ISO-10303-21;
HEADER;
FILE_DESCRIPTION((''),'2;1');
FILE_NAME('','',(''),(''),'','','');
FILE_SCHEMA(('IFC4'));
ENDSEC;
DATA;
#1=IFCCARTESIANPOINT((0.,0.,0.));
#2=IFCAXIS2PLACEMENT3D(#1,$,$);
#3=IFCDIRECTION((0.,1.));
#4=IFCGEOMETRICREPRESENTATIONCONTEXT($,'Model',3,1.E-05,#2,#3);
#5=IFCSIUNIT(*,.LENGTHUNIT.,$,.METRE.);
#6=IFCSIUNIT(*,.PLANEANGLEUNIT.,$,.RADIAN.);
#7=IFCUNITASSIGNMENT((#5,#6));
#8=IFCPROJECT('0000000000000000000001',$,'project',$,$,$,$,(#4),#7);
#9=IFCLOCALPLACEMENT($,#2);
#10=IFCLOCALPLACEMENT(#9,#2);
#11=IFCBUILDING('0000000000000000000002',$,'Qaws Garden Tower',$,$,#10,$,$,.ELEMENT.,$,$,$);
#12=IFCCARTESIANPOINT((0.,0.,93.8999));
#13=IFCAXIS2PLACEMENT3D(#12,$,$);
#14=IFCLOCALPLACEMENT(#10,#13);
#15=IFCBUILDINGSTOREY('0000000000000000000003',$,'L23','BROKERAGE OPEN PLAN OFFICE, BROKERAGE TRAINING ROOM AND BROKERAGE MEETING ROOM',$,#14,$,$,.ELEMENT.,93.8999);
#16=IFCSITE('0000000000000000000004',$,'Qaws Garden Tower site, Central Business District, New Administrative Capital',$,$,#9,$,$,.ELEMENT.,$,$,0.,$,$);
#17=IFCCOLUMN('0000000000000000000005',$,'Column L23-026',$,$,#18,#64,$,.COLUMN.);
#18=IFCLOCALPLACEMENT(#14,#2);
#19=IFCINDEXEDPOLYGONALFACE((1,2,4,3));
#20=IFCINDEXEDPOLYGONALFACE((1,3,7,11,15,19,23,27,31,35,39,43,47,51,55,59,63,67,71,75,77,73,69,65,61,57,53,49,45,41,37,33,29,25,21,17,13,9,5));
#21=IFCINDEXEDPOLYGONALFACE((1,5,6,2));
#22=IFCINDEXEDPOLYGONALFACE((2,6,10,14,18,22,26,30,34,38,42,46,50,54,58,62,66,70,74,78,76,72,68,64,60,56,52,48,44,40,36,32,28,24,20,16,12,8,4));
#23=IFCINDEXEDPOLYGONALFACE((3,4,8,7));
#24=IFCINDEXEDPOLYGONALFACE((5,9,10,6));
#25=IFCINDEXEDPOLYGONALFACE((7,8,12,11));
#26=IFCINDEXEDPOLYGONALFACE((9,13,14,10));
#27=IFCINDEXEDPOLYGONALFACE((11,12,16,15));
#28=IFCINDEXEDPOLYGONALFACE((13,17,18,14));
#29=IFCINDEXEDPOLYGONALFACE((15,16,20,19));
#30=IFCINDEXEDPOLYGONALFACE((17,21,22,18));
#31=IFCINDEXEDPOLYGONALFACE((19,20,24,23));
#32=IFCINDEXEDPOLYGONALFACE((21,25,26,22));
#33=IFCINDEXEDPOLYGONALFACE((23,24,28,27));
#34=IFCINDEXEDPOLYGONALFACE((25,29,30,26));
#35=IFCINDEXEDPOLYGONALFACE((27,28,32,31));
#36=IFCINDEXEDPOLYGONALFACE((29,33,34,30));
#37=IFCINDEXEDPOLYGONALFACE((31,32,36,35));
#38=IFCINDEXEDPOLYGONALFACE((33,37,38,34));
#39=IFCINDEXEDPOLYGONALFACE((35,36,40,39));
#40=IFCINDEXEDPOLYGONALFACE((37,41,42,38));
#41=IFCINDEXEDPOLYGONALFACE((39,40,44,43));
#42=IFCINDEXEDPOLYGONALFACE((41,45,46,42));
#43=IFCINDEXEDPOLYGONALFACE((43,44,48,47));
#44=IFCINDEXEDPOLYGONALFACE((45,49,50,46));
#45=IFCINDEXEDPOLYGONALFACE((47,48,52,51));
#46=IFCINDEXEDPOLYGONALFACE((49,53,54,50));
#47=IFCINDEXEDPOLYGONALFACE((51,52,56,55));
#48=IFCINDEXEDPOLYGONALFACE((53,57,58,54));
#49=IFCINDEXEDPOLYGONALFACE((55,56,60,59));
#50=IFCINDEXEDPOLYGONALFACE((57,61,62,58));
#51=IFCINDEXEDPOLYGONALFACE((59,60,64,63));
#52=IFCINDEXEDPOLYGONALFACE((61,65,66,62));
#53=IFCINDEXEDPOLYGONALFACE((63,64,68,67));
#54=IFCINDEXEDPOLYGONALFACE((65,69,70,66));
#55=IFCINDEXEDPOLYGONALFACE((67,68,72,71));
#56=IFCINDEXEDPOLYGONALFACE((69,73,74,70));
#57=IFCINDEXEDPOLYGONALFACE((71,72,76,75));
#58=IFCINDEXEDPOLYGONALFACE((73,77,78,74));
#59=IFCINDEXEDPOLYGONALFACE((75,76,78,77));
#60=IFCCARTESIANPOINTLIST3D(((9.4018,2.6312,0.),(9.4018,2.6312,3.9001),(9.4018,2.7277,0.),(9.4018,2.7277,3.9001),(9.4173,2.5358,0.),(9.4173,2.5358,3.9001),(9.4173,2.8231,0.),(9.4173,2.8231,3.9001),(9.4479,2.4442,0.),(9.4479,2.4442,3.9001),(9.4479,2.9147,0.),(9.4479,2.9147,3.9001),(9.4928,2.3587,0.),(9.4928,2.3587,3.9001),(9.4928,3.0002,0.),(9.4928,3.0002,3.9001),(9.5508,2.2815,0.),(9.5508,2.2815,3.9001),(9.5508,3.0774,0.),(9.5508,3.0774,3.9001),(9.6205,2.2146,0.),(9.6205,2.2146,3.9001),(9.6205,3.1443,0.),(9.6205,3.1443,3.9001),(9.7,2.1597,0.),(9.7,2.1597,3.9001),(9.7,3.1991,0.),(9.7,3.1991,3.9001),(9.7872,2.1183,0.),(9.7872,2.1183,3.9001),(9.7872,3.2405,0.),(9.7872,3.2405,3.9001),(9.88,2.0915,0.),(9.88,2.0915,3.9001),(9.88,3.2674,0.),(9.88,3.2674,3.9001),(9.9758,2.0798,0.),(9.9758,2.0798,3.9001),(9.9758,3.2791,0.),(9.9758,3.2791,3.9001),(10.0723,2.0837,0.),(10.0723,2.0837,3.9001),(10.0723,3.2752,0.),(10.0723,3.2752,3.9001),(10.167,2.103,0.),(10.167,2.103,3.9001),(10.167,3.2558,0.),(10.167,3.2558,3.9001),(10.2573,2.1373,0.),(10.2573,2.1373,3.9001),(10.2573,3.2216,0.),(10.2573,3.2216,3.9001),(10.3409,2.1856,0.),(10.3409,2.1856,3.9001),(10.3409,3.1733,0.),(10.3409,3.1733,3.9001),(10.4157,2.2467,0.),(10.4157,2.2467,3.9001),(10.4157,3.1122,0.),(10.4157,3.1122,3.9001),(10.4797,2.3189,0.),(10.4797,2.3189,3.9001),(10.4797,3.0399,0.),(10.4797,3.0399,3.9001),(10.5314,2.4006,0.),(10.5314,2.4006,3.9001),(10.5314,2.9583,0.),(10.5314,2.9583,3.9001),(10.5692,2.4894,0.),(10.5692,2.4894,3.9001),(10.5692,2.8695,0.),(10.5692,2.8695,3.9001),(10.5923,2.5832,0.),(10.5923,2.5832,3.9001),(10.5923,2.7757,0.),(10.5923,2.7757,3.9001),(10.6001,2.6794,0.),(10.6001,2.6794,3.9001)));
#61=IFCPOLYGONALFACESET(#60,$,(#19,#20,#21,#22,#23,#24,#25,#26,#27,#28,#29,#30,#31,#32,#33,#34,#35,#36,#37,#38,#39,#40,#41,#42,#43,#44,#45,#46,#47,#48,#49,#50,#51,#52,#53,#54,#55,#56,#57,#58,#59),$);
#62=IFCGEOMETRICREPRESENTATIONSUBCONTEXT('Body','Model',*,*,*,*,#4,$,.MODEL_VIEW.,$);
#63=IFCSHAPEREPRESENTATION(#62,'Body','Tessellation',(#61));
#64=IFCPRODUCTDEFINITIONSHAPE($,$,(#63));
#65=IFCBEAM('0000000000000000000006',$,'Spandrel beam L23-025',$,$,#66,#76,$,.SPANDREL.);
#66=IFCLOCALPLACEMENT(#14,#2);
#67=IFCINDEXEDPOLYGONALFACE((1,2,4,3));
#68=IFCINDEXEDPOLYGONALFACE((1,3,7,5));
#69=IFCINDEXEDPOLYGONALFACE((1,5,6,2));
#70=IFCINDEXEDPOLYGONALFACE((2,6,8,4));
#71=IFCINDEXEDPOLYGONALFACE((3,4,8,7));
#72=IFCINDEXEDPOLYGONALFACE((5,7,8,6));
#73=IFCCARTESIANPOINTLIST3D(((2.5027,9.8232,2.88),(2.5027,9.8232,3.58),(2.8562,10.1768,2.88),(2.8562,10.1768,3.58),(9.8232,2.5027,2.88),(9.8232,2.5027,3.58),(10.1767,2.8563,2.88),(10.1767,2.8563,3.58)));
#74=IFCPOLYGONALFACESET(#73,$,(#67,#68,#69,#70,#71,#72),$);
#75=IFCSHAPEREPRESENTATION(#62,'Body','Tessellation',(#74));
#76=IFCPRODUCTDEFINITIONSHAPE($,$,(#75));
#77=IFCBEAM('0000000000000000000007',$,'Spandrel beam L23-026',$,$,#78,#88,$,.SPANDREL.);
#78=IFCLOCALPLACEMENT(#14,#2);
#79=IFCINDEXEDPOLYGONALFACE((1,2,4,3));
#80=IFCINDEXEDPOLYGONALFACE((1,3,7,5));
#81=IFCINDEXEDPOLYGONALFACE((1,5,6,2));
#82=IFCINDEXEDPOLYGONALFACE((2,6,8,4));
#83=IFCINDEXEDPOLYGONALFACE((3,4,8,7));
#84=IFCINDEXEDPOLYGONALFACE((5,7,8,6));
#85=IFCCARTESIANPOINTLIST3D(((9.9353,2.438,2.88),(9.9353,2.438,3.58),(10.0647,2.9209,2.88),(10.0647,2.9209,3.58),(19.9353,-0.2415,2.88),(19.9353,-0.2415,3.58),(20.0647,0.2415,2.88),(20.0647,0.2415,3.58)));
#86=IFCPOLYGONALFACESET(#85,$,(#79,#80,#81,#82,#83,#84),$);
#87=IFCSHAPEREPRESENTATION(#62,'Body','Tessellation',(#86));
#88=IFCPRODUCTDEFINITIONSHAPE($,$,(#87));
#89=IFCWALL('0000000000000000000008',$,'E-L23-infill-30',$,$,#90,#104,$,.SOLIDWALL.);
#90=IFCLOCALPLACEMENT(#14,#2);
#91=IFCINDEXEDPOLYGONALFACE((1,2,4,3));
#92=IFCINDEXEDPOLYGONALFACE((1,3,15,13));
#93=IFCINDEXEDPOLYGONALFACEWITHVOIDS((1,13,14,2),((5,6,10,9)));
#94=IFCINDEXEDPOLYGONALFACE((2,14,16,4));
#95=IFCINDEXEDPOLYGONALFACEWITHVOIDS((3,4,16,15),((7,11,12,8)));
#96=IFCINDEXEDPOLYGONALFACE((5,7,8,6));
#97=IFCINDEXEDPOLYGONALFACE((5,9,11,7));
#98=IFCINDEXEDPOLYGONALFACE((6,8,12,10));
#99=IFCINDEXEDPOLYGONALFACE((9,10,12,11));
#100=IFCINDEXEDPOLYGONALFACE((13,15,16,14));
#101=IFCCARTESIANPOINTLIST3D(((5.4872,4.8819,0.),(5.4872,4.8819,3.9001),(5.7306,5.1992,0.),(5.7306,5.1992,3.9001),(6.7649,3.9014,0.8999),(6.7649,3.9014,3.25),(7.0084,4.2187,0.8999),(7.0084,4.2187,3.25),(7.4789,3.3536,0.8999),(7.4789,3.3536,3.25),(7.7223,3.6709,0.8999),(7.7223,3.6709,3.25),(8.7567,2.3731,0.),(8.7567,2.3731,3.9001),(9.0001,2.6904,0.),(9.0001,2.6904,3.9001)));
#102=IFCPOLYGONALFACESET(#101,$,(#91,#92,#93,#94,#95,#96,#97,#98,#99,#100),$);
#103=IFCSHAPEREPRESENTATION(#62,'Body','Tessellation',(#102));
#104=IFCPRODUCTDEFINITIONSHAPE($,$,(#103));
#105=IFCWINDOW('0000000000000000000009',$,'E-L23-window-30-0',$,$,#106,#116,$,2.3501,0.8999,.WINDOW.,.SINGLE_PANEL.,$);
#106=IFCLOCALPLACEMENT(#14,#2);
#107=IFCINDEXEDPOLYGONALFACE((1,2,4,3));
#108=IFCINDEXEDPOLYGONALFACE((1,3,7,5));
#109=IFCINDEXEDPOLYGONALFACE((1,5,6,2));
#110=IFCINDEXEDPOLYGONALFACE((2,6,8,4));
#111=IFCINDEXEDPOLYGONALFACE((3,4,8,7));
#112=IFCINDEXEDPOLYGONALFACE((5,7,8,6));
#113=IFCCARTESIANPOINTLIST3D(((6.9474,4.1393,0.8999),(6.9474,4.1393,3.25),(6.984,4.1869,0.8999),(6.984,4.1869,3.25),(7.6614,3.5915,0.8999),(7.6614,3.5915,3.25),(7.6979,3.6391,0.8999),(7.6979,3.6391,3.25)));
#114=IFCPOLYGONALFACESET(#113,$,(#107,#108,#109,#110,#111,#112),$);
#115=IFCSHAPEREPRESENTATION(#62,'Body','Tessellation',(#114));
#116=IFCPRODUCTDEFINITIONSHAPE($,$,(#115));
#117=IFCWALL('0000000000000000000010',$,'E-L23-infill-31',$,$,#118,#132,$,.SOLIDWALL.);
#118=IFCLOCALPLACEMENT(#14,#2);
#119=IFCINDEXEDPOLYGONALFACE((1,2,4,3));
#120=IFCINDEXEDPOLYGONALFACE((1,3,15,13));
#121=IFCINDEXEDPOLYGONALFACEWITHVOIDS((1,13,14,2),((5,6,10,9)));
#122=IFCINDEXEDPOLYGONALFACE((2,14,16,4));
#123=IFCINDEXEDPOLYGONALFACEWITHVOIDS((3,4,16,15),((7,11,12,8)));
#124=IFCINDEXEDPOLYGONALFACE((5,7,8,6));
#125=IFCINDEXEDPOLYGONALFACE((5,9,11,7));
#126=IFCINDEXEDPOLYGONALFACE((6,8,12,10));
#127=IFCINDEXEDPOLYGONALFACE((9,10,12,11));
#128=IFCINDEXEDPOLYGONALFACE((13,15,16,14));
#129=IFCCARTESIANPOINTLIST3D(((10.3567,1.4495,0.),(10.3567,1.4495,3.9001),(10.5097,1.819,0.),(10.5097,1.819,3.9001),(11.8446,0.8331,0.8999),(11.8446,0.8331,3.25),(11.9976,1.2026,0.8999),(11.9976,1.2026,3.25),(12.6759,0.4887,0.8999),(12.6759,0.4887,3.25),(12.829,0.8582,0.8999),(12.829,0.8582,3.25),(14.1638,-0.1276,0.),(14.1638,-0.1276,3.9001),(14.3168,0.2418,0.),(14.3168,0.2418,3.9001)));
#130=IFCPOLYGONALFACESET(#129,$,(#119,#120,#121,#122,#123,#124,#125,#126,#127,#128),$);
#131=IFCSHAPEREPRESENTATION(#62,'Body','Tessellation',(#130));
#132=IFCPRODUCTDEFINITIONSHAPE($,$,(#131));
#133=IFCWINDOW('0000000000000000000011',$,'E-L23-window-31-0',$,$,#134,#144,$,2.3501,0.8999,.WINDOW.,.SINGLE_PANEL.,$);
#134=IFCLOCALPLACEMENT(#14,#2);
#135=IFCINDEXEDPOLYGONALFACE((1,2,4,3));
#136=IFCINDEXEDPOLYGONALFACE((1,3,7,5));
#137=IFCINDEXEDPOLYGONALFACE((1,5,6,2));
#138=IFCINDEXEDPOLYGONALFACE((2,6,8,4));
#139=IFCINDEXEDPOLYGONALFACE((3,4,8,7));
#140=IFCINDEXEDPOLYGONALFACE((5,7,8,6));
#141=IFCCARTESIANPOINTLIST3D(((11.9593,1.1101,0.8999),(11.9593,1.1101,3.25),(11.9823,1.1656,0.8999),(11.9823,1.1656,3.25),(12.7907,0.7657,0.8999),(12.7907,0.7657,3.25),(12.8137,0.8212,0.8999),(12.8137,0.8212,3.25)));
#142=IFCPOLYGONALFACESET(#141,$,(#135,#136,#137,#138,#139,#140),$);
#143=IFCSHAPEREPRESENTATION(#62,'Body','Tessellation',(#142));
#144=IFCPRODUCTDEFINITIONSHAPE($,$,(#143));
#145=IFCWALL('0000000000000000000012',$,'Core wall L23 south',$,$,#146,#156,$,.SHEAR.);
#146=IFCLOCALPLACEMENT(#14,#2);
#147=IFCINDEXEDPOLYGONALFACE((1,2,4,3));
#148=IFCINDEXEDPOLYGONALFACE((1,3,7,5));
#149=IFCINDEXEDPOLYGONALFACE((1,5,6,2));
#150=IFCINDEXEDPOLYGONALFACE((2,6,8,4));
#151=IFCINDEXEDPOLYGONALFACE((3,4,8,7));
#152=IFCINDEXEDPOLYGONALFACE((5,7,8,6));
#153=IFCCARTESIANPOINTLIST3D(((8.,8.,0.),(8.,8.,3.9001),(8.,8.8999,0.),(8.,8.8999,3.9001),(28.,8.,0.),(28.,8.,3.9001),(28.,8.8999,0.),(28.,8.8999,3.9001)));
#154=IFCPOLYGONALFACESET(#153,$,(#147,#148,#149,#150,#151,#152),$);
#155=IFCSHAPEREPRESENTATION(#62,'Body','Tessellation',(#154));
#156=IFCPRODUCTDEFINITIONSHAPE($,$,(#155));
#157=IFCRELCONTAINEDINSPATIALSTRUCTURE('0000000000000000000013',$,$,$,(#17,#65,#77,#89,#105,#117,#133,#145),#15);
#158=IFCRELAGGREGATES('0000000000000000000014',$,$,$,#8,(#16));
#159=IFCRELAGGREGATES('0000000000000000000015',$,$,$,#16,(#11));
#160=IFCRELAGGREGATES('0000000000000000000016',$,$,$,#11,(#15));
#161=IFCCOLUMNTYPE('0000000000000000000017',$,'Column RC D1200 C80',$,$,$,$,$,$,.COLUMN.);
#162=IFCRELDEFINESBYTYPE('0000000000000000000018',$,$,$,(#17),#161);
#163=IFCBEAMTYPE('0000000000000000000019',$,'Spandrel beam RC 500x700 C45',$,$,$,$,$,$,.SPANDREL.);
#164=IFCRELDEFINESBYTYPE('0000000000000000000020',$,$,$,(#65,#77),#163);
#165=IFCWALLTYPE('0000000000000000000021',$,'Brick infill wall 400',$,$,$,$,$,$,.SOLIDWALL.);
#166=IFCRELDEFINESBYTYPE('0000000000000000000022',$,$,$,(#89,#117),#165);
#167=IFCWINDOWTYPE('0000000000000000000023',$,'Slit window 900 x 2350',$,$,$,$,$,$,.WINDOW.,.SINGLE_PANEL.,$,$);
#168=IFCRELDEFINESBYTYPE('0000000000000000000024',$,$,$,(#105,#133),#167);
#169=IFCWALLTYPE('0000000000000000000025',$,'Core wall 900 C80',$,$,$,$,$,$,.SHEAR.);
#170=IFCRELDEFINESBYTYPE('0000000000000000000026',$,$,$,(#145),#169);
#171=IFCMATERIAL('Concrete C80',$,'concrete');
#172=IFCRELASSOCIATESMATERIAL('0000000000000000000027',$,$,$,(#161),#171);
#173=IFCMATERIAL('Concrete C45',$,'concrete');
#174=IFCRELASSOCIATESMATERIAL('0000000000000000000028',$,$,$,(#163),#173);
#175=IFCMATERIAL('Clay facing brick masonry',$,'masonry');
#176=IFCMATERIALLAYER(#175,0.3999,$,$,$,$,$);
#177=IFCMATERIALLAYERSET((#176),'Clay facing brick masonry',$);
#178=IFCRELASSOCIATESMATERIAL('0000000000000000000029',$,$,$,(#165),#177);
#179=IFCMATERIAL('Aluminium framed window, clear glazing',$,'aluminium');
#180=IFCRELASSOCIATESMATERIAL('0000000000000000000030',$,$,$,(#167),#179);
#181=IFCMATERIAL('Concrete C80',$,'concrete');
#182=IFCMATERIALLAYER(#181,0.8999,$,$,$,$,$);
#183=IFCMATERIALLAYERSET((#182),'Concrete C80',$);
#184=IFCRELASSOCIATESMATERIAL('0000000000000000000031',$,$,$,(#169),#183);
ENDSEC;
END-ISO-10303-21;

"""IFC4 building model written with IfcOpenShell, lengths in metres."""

from ifc_helpers import new_model, si_unit, direction, frame, frame_2d, origin, origin_2d, place, context, subcontext, project, spatial, rectangle, circle, extrude, material, layer, layer_set, material_profile, profile_set, type_object, element, fill, save


model = new_model("IFC4")

# Units and contexts
model_context = context("Model", 3, precision=1e-05, world=origin(), true_north=direction((0.0, 1.0)))
body_context = subcontext(model_context, "Body", "Model", "MODEL_VIEW")
ifc_project = project(units=[si_unit("LENGTHUNIT", "METRE"), si_unit("PLANEANGLEUNIT", "RADIAN")], contexts=[model_context])

# Site, building, storey
site_placement = place(None, origin())
site = spatial("IfcSite", under=ifc_project, at=site_placement, Name="Qaws Garden Tower site, Central Business District, New Administrative Capital", CompositionType="ELEMENT", RefElevation=0.0)
building_placement = place(site_placement, origin())
building = spatial("IfcBuilding", under=site, at=building_placement, Name="Qaws Garden Tower", CompositionType="ELEMENT")
storey_placement = place(building_placement, frame((0.0, 0.0, 93.8999)))
storey = spatial("IfcBuildingStorey", under=building, at=storey_placement, Name="L23", Description="BROKERAGE OPEN PLAN OFFICE, BROKERAGE TRAINING ROOM AND BROKERAGE MEETING ROOM", CompositionType="ELEMENT", Elevation=93.8999)

# Column
ifc_material_1 = material(Name="Concrete C80", Category="concrete")
ifc_material_profile_1 = material_profile(ifc_material_1, circle(Radius=0.6001, at=origin_2d()), Name="RC D1200")
ifc_profile_set_1 = profile_set([ifc_material_profile_1], Name="Concrete C80")
column_type = type_object("IfcColumnType", Name="Column RC D1200 C80", PredefinedType="COLUMN", material=ifc_profile_set_1)
column_placement = place(storey_placement, frame((10.0, 2.6794, 0.0), z_axis=(0.0, 0.0, 1.0), x_axis=(1.0, 0.0, 0.0)))
element("IfcColumn", 1, at=column_placement, inside=storey, type_object=column_type, Name="Column L23-026", PredefinedType="COLUMN", context=body_context, shape_type="SweptSolid", body=[
    extrude(circle(Radius=0.6001, at=origin_2d()), origin(), (0.0, 0.0, 1.0), 3.9001),
])

# Beams
ifc_material_2 = material(Name="Concrete C45", Category="concrete")
ifc_material_profile_2 = material_profile(ifc_material_2, rectangle(XDim=0.5, YDim=0.7, at=origin_2d()), Name="RC 500x700")
ifc_profile_set_2 = profile_set([ifc_material_profile_2], Name="Concrete C45")
beam_type = type_object("IfcBeamType", Name="Spandrel beam RC 500x700 C45", PredefinedType="SPANDREL", material=ifc_profile_set_2)
for number, where, z_axis, x_axis, name in (
    (2, (2.6794, 10.0, 3.23), (0.707107, -0.707107, 0.0), (0.707107, 0.707107, 0.0), "Spandrel beam L23-025"),
    (3, (10.0, 2.6794, 3.23), (0.965927, -0.258815, 0.0), (0.258815, 0.965927, 0.0), "Spandrel beam L23-026"),
):
    element("IfcBeam", number, at=place(storey_placement, frame(where, z_axis=z_axis, x_axis=x_axis)), inside=storey, type_object=beam_type, Name=name, PredefinedType="SPANDREL", context=body_context, shape_type="SweptSolid", body=[
        extrude(rectangle(XDim=0.5, YDim=0.7, at=origin_2d()), origin(), (0.0, 0.0, 1.0), 10.3528),
    ])

# Walls, openings, windows
ifc_material_3 = material(Name="Clay facing brick masonry", Category="masonry")
ifc_layer_1 = layer(ifc_material_3, 0.3999)
ifc_layer_set_1 = layer_set([ifc_layer_1], Name="Clay facing brick masonry")
wall_type_1 = type_object("IfcWallType", Name="Brick infill wall 400", PredefinedType="SOLIDWALL", material=ifc_layer_set_1)
wall_1_placement = place(storey_placement, frame((5.6089, 5.0405, 0.0), z_axis=(0.0, 0.0, 1.0), x_axis=(0.793355, -0.60876, 0.0)))
wall_1 = element("IfcWall", 4, at=wall_1_placement, inside=storey, type_object=wall_type_1, Name="E-L23-infill-30", PredefinedType="SOLIDWALL", context=body_context, shape_type="SweptSolid", body=[
    extrude(rectangle(XDim=4.1211, YDim=0.3999, at=frame_2d((2.0605, 0.0))), origin(), (0.0, 0.0, 1.0), 3.9001),
])
opening_1_placement = place(wall_1_placement, frame((1.6106, 0.0, 0.8999)))
opening_1 = element("IfcOpeningElement", 5, at=opening_1_placement, cuts=wall_1, PredefinedType="OPENING", context=body_context, shape_type="SweptSolid", body=[
    extrude(rectangle(XDim=0.8999, YDim=2.3501, at=frame_2d((0.45, 1.175))), frame((0.0, 0.21, 0.0), z_axis=(0.0, -1.0, 0.0), x_axis=(1.0, 0.0, 0.0)), (0.0, 0.0, 1.0), 0.4199),
])
ifc_material_4 = material(Name="Aluminium framed window, clear glazing", Category="aluminium")
window_type = type_object("IfcWindowType", Name="Slit window 900 x 2350", PartitioningType="SINGLE_PANEL", PredefinedType="WINDOW", material=ifc_material_4)
window_1_placement = place(opening_1_placement, origin())
window_1 = element("IfcWindow", 6, at=window_1_placement, inside=storey, type_object=window_type, Name="E-L23-window-30-0", OverallHeight=2.3501, OverallWidth=0.8999, PartitioningType="SINGLE_PANEL", PredefinedType="WINDOW", context=body_context, shape_type="SweptSolid", body=[
    extrude(rectangle(XDim=0.8999, YDim=2.3501, at=frame_2d((0.45, 1.175))), frame((0.0, 0.1599, 0.0), z_axis=(0.0, -1.0, 0.0), x_axis=(1.0, 0.0, 0.0)), (0.0, 0.0, 1.0), 0.0601),
])
fill(opening_1, window_1)
wall_2_placement = place(storey_placement, frame((10.4331, 1.6343, 0.0), z_axis=(0.0, 0.0, 1.0), x_axis=(0.923864, -0.382722, 0.0)))
wall_2 = element("IfcWall", 7, at=wall_2_placement, inside=storey, type_object=wall_type_1, Name="E-L23-infill-31", PredefinedType="SOLIDWALL", context=body_context, shape_type="SweptSolid", body=[
    extrude(rectangle(XDim=4.1208, YDim=0.3999, at=frame_2d((2.0605, 0.0))), origin(), (0.0, 0.0, 1.0), 3.9001),
])
opening_2_placement = place(wall_2_placement, frame((1.6106, 0.0, 0.8999)))
opening_2 = element("IfcOpeningElement", 8, at=opening_2_placement, cuts=wall_2, PredefinedType="OPENING", context=body_context, shape_type="SweptSolid", body=[
    extrude(rectangle(XDim=0.8999, YDim=2.3501, at=frame_2d((0.45, 1.175))), frame((0.0, 0.21, 0.0), z_axis=(0.0, -1.0, 0.0), x_axis=(1.0, 0.0, 0.0)), (0.0, 0.0, 1.0), 0.4199),
])
window_2_placement = place(opening_2_placement, origin())
window_2 = element("IfcWindow", 9, at=window_2_placement, inside=storey, type_object=window_type, Name="E-L23-window-31-0", OverallHeight=2.3501, OverallWidth=0.8999, PartitioningType="SINGLE_PANEL", PredefinedType="WINDOW", context=body_context, shape_type="SweptSolid", body=[
    extrude(rectangle(XDim=0.8999, YDim=2.3501, at=frame_2d((0.45, 1.175))), frame((0.0, 0.1599, 0.0), z_axis=(0.0, -1.0, 0.0), x_axis=(1.0, 0.0, 0.0)), (0.0, 0.0, 1.0), 0.0601),
])
fill(opening_2, window_2)

# Wall
ifc_material_5 = material(Name="Concrete C80", Category="concrete")
ifc_layer_2 = layer(ifc_material_5, 0.8999)
ifc_layer_set_2 = layer_set([ifc_layer_2], Name="Concrete C80")
wall_type_2 = type_object("IfcWallType", Name="Core wall 900 C80", PredefinedType="SHEAR", material=ifc_layer_set_2)
wall_3_placement = place(storey_placement, frame((8.0, 8.45, 0.0), z_axis=(0.0, 0.0, 1.0), x_axis=(1.0, 0.0, 0.0)))
element("IfcWall", 10, at=wall_3_placement, inside=storey, type_object=wall_type_2, Name="Core wall L23 south", PredefinedType="SHEAR", context=body_context, shape_type="SweptSolid", body=[
    extrude(rectangle(XDim=20.0, YDim=0.8999, at=frame_2d((10.0, 0.0))), origin(), (0.0, 0.0, 1.0), 3.9001),
])

save(model, "model.ifc")
